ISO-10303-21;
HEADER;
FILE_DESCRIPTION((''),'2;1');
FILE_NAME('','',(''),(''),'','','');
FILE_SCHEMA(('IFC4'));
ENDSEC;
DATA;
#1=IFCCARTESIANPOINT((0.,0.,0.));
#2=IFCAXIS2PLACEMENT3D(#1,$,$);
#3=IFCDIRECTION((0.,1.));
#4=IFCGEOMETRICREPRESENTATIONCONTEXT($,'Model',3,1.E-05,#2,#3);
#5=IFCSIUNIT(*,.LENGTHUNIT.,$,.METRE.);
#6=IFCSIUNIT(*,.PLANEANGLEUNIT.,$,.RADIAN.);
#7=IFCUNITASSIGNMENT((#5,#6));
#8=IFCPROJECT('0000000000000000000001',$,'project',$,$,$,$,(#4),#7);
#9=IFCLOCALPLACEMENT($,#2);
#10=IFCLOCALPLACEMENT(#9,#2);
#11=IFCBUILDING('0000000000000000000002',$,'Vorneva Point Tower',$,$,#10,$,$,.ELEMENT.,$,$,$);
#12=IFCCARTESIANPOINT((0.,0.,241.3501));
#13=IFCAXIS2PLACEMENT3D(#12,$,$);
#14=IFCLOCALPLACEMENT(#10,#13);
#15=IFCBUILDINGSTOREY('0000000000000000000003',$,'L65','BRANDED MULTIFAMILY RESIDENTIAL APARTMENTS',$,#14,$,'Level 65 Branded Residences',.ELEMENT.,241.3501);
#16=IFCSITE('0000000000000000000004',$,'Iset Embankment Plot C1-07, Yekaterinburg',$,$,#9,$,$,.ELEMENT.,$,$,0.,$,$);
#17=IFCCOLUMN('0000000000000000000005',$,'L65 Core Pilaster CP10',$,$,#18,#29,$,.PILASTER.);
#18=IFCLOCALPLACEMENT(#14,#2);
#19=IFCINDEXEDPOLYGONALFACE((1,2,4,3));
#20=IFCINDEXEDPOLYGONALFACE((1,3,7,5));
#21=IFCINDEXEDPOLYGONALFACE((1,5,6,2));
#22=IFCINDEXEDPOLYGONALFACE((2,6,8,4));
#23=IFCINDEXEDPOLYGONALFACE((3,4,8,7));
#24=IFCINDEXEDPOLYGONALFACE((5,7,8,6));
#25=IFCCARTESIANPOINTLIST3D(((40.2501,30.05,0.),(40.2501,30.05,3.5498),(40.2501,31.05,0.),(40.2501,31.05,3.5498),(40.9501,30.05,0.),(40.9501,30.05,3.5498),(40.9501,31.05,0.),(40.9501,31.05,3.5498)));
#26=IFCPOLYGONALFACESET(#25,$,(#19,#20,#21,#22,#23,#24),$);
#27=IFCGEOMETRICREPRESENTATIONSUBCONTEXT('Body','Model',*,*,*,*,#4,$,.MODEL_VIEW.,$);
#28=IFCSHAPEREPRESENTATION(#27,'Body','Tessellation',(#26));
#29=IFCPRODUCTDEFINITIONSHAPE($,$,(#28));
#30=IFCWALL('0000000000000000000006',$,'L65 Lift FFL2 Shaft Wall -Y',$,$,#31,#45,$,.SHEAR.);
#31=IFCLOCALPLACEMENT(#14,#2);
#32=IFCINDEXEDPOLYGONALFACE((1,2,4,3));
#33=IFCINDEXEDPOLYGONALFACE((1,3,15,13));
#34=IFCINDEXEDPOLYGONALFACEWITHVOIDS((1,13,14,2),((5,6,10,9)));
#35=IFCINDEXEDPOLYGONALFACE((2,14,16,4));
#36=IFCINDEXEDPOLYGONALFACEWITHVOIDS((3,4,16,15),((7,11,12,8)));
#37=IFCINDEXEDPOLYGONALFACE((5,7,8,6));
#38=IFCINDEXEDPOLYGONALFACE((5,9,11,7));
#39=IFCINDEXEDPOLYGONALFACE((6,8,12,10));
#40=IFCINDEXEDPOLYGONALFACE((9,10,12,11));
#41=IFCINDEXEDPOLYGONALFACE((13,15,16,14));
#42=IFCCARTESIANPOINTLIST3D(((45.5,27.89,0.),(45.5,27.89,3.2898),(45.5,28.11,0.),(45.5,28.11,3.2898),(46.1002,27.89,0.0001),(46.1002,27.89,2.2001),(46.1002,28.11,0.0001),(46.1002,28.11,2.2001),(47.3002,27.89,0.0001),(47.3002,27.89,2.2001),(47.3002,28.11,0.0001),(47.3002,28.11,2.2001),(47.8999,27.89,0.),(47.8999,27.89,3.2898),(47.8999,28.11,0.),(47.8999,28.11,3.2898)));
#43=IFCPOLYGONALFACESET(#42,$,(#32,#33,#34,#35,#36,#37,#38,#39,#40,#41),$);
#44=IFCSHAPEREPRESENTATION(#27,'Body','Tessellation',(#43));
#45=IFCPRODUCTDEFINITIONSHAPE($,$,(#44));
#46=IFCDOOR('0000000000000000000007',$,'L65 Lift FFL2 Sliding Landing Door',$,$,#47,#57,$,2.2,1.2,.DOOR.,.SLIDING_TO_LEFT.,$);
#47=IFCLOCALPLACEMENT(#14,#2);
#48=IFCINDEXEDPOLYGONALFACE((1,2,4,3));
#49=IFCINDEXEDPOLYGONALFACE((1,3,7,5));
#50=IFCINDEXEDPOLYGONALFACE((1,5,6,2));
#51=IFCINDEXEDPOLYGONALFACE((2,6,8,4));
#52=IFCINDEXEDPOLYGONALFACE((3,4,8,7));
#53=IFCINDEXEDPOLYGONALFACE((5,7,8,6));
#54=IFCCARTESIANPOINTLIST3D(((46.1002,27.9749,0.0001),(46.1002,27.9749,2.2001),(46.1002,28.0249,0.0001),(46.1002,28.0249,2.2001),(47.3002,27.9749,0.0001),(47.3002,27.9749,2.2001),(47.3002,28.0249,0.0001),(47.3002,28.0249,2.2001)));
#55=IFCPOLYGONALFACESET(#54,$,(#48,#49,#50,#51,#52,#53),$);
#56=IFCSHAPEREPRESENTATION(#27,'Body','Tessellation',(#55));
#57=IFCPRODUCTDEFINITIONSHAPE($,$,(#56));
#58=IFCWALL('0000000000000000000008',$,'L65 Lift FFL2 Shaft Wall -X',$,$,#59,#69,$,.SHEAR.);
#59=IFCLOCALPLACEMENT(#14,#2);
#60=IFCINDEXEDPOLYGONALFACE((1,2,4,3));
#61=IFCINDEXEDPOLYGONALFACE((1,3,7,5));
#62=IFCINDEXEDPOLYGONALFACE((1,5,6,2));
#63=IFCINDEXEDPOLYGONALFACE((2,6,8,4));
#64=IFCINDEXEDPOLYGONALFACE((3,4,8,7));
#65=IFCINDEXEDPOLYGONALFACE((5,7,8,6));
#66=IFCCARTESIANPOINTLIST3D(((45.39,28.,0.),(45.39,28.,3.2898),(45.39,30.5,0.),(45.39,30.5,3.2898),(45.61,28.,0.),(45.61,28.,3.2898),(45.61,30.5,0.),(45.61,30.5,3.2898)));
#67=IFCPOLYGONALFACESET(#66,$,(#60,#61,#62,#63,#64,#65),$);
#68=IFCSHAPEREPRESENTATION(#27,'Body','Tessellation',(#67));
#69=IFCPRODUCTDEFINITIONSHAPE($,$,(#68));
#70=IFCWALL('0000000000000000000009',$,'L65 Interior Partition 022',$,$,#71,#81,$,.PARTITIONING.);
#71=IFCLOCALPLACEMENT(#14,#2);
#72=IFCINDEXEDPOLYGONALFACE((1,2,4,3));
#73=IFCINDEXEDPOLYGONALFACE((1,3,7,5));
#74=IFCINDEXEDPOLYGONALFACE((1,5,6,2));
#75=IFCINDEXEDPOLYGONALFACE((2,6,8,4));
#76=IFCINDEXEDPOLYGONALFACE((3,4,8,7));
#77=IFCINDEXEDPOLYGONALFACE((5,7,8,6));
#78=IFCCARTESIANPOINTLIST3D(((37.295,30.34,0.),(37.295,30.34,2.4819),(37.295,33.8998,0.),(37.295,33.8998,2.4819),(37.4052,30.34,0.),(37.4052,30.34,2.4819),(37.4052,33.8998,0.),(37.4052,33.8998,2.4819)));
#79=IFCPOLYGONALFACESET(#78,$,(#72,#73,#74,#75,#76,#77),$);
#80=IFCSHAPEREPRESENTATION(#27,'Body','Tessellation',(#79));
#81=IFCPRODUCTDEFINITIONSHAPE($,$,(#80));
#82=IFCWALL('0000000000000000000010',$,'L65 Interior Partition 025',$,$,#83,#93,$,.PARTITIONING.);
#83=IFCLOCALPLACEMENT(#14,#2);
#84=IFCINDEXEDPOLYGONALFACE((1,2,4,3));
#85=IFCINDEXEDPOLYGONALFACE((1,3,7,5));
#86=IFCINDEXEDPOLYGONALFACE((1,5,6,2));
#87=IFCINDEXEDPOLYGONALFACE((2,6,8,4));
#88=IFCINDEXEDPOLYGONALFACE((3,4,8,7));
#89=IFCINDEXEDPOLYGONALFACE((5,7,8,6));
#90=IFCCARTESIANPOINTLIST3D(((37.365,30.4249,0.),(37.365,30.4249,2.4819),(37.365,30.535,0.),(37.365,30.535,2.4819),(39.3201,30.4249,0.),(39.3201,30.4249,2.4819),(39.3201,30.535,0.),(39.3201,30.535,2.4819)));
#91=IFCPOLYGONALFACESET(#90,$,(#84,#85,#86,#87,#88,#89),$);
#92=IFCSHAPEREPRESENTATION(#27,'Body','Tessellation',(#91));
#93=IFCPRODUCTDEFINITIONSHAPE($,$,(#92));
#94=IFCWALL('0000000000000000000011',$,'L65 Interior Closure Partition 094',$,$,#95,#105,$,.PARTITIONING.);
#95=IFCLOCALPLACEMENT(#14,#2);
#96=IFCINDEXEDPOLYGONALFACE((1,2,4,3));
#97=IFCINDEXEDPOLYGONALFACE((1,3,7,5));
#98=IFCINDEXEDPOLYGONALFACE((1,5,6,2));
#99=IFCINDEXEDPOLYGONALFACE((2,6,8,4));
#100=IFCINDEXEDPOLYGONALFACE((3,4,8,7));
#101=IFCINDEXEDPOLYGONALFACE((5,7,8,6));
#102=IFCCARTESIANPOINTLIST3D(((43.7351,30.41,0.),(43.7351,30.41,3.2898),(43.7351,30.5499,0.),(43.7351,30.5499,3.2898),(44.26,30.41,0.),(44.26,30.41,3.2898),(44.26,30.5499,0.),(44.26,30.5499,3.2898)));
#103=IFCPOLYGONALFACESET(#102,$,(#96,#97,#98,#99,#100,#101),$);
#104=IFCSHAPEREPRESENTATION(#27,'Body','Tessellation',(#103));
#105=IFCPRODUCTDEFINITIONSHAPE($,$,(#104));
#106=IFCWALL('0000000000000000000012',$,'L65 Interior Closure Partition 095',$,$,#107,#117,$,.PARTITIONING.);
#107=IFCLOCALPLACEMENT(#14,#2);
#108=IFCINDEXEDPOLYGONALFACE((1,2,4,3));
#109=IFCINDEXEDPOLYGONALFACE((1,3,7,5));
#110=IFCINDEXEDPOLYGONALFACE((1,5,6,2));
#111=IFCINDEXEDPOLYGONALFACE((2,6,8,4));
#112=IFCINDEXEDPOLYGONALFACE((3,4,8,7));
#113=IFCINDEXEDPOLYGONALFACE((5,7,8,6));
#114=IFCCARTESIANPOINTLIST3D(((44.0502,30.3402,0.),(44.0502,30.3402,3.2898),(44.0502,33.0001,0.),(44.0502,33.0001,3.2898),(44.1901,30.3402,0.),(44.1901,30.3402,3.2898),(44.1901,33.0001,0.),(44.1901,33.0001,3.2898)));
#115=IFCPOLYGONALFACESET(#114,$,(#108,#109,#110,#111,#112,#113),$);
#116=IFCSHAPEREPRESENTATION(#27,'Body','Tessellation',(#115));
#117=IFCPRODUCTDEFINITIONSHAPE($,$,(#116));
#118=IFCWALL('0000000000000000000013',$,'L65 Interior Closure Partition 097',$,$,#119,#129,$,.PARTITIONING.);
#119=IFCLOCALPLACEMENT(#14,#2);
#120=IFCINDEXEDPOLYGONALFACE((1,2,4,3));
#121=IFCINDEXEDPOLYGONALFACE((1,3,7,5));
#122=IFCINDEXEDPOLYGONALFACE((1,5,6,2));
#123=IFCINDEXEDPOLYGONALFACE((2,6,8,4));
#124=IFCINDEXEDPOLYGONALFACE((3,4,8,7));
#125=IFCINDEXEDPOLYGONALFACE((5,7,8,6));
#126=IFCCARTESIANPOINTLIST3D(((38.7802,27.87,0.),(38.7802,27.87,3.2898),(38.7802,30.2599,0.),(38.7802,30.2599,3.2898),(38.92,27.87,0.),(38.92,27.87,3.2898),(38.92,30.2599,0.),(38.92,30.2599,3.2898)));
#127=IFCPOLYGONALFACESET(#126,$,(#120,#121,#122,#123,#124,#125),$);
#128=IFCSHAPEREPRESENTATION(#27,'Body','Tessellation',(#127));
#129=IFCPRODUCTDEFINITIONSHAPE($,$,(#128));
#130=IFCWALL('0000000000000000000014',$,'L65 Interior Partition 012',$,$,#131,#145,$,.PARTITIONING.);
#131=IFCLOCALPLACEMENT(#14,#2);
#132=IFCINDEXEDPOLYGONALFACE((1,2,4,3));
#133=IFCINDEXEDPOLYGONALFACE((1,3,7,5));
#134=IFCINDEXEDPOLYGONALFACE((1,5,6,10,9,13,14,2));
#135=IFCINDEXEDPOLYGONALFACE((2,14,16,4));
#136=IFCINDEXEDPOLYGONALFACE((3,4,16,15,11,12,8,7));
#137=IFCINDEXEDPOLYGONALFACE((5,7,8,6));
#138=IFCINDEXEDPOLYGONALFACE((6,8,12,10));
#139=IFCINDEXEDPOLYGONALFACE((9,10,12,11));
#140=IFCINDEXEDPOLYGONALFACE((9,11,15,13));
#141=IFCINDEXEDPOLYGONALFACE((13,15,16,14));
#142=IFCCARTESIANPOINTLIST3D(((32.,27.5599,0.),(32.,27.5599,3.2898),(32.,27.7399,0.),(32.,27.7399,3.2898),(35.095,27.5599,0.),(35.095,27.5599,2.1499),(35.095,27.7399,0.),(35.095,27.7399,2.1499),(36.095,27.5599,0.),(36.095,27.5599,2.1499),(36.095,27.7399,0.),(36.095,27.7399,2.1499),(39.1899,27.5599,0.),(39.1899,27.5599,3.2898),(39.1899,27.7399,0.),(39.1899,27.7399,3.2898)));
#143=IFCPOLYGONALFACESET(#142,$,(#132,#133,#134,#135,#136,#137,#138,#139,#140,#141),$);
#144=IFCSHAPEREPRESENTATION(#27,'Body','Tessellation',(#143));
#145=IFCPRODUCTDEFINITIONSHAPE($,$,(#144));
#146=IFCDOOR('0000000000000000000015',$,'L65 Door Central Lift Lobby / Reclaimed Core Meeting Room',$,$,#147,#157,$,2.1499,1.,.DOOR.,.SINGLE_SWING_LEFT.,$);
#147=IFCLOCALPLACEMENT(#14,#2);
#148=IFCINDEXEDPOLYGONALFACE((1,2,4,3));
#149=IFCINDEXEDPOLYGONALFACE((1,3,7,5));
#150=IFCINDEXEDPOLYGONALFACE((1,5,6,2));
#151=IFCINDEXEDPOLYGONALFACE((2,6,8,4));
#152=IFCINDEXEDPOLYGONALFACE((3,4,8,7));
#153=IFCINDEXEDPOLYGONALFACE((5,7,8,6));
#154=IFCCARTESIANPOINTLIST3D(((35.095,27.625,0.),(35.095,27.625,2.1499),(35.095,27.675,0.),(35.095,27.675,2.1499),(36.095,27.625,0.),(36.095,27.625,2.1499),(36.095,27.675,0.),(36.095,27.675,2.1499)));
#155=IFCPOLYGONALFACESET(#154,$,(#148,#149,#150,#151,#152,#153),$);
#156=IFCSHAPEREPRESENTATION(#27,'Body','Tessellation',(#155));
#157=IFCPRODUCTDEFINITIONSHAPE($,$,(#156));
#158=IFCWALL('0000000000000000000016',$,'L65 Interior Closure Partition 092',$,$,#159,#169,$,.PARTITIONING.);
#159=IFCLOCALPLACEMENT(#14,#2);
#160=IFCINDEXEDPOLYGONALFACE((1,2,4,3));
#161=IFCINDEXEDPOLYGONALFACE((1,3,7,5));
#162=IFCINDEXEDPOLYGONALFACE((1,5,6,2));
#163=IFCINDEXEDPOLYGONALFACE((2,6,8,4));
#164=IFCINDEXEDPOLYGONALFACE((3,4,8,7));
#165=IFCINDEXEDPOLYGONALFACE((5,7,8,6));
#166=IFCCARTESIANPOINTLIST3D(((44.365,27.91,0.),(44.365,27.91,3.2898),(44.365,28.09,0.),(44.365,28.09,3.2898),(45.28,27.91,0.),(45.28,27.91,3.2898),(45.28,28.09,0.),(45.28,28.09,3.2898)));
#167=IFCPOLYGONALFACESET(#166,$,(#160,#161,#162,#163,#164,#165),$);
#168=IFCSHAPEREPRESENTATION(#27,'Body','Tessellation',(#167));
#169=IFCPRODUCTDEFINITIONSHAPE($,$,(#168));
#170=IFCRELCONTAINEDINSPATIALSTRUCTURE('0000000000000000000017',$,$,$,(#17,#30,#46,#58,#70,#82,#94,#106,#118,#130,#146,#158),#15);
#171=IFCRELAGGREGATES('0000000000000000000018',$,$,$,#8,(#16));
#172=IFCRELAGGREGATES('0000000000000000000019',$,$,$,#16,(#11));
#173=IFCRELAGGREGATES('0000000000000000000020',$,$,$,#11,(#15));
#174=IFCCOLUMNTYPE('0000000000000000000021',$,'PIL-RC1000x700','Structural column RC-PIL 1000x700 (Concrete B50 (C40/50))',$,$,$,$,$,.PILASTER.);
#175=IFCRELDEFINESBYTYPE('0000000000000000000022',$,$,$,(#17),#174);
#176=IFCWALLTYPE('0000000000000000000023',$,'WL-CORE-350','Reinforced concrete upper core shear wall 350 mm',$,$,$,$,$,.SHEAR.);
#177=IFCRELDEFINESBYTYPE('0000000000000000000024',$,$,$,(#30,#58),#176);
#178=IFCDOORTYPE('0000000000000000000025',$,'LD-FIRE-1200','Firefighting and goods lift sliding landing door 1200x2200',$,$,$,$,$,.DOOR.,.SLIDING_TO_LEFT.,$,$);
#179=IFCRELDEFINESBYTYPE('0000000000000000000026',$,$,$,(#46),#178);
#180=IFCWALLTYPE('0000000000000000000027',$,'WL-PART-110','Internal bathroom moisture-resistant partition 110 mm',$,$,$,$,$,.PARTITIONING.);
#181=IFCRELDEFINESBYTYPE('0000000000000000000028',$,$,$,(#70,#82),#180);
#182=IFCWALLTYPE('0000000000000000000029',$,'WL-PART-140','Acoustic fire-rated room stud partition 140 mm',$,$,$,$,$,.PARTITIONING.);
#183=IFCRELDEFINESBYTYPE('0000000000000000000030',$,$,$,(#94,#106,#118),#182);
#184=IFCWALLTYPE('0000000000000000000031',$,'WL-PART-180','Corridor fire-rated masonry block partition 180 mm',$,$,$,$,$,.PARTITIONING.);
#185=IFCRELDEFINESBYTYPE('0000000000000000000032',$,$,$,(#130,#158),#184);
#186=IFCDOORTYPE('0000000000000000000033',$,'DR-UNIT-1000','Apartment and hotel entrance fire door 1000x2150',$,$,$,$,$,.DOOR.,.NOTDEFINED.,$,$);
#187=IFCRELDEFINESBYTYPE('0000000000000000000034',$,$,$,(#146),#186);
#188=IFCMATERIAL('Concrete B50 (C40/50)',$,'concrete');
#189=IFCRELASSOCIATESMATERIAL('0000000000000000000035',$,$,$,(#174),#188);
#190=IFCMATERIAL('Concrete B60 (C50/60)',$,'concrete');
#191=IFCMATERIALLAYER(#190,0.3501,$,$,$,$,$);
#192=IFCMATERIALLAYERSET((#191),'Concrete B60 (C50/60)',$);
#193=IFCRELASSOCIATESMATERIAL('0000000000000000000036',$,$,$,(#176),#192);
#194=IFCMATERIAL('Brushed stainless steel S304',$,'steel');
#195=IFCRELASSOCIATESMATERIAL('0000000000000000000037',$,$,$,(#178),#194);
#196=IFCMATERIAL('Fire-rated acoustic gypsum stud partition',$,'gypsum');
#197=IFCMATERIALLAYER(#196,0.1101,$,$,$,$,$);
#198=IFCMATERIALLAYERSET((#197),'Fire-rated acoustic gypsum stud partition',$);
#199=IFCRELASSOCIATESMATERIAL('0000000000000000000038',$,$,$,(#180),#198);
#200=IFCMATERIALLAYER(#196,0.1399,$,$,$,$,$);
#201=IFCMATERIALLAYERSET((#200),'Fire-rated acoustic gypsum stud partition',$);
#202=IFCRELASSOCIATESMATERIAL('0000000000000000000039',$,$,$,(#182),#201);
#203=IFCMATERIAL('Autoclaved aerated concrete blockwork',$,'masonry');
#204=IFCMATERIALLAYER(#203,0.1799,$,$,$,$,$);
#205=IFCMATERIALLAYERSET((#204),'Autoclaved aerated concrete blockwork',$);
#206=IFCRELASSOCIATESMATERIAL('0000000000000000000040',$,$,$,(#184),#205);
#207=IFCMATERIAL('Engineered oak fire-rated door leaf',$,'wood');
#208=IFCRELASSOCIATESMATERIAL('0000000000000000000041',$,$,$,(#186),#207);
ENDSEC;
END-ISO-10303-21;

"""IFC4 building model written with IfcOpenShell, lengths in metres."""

from ifc_helpers import new_model, si_unit, direction, frame, frame_2d, origin, origin_2d, place, context, subcontext, project, spatial, rectangle, extrude, material, layer, layer_set, material_profile, profile_set, type_object, element, fill, save


model = new_model("IFC4")

# Units and contexts
model_context = context("Model", 3, precision=1e-05, world=origin(), true_north=direction((0.0, 1.0)))
body_context = subcontext(model_context, "Body", "Model", "MODEL_VIEW")
ifc_project = project(units=[si_unit("LENGTHUNIT", "METRE"), si_unit("PLANEANGLEUNIT", "RADIAN")], contexts=[model_context])

# Site, building, storey
site_placement = place(None, origin())
site = spatial("IfcSite", under=ifc_project, at=site_placement, Name="Iset Embankment Plot C1-07, Yekaterinburg", CompositionType="ELEMENT", RefElevation=0.0)
building_placement = place(site_placement, origin())
building = spatial("IfcBuilding", under=site, at=building_placement, Name="Vorneva Point Tower", CompositionType="ELEMENT")
storey_placement = place(building_placement, frame((0.0, 0.0, 241.3501)))
storey = spatial("IfcBuildingStorey", under=building, at=storey_placement, Name="L65", Description="BRANDED MULTIFAMILY RESIDENTIAL APARTMENTS", LongName="Level 65 Branded Residences", CompositionType="ELEMENT", Elevation=241.3501)

# Column
ifc_material_1 = material(Name="Concrete B50 (C40/50)", Category="concrete")
ifc_material_profile = material_profile(ifc_material_1, rectangle(XDim=0.7, YDim=1.0, at=origin_2d()), Name="RC-PIL 1000x700")
ifc_profile_set = profile_set([ifc_material_profile], Name="Concrete B50 (C40/50)")
column_type = type_object("IfcColumnType", Name="PIL-RC1000x700", Description="Structural column RC-PIL 1000x700 (Concrete B50 (C40/50))", PredefinedType="PILASTER", material=ifc_profile_set)
column_placement = place(storey_placement, frame((40.6001, 30.55, 0.0), z_axis=(0.0, 0.0, 1.0), x_axis=(1.0, 0.0, 0.0)))
element("IfcColumn", 1, at=column_placement, inside=storey, type_object=column_type, Name="L65 Core Pilaster CP10", PredefinedType="PILASTER", context=body_context, shape_type="SweptSolid", body=[
    extrude(rectangle(XDim=0.7, YDim=1.0, at=origin_2d()), origin(), (0.0, 0.0, 1.0), 3.5498),
])

# Wall, opening, door
ifc_material_2 = material(Name="Concrete B60 (C50/60)", Category="concrete")
ifc_layer_1 = layer(ifc_material_2, 0.3501)
ifc_layer_set_1 = layer_set([ifc_layer_1], Name="Concrete B60 (C50/60)")
wall_type_1 = type_object("IfcWallType", Name="WL-CORE-350", Description="Reinforced concrete upper core shear wall 350 mm", PredefinedType="SHEAR", material=ifc_layer_set_1)
wall_1_placement = place(storey_placement, frame((45.5, 28.0, 0.0), z_axis=(0.0, 0.0, 1.0), x_axis=(1.0, 0.0, 0.0)))
wall_1 = element("IfcWall", 2, at=wall_1_placement, inside=storey, type_object=wall_type_1, Name="L65 Lift FFL2 Shaft Wall -Y", PredefinedType="SHEAR", context=body_context, shape_type="SweptSolid", body=[
    extrude(rectangle(XDim=2.3999, YDim=0.22, at=frame_2d((1.2, 0.0))), origin(), (0.0, 0.0, 1.0), 3.2898),
])
opening_1_placement = place(wall_1_placement, frame((0.6001, 0.0, 0.0)))
opening_1 = element("IfcOpeningElement", 3, at=opening_1_placement, cuts=wall_1, PredefinedType="OPENING", context=body_context, shape_type="SweptSolid", body=[
    extrude(rectangle(XDim=1.2, YDim=2.2, at=frame_2d((0.6001, 1.1001))), frame((0.0, 0.125, 0.0), z_axis=(0.0, -1.0, 0.0), x_axis=(1.0, 0.0, 0.0)), (0.0, 0.0, 1.0), 0.2498),
])
ifc_material_3 = material(Name="Brushed stainless steel S304", Category="steel")
door_type_1 = type_object("IfcDoorType", Name="LD-FIRE-1200", Description="Firefighting and goods lift sliding landing door 1200x2200", OperationType="SLIDING_TO_LEFT", PredefinedType="DOOR", material=ifc_material_3)
door_1_placement = place(opening_1_placement, origin())
door_1 = element("IfcDoor", 4, at=door_1_placement, inside=storey, type_object=door_type_1, Name="L65 Lift FFL2 Sliding Landing Door", OperationType="SLIDING_TO_LEFT", OverallHeight=2.2, OverallWidth=1.2, PredefinedType="DOOR", context=body_context, shape_type="SweptSolid", body=[
    extrude(rectangle(XDim=1.2, YDim=2.2, at=frame_2d((0.6001, 1.1001))), frame((0.0, 0.0249, 0.0), z_axis=(0.0, -1.0, 0.0), x_axis=(1.0, 0.0, 0.0)), (0.0, 0.0, 1.0), 0.05),
])
fill(opening_1, door_1)

# Walls
wall_2_placement = place(storey_placement, frame((45.5, 30.5, 0.0), z_axis=(0.0, 0.0, 1.0), x_axis=(0.0, -1.0, 0.0)))
element("IfcWall", 5, at=wall_2_placement, inside=storey, type_object=wall_type_1, Name="L65 Lift FFL2 Shaft Wall -X", PredefinedType="SHEAR", context=body_context, shape_type="SweptSolid", body=[
    extrude(rectangle(XDim=2.5, YDim=0.22, at=frame_2d((1.25, 0.0))), origin(), (0.0, 0.0, 1.0), 3.2898),
])
ifc_material_4 = material(Name="Fire-rated acoustic gypsum stud partition", Category="gypsum")
ifc_layer_2 = layer(ifc_material_4, 0.1101)
ifc_layer_set_2 = layer_set([ifc_layer_2], Name="Fire-rated acoustic gypsum stud partition")
wall_type_2 = type_object("IfcWallType", Name="WL-PART-110", Description="Internal bathroom moisture-resistant partition 110 mm", PredefinedType="PARTITIONING", material=ifc_layer_set_2)
wall_3_placement = place(storey_placement, frame((37.3501, 30.3401, 0.0), z_axis=(0.0, 0.0, 1.0), x_axis=(0.0, 1.0, 0.0)))
element("IfcWall", 6, at=wall_3_placement, inside=storey, type_object=wall_type_2, Name="L65 Interior Partition 022", PredefinedType="PARTITIONING", context=body_context, shape_type="SweptSolid", body=[
    extrude(rectangle(XDim=3.5598, YDim=0.1101, at=frame_2d((1.7798, 0.0))), origin(), (0.0, 0.0, 1.0), 2.4819),
])
wall_4_placement = place(storey_placement, frame((37.365, 30.48, 0.0), z_axis=(0.0, 0.0, 1.0), x_axis=(1.0, 0.0, 0.0)))
element("IfcWall", 7, at=wall_4_placement, inside=storey, type_object=wall_type_2, Name="L65 Interior Partition 025", PredefinedType="PARTITIONING", context=body_context, shape_type="SweptSolid", body=[
    extrude(rectangle(XDim=1.9551, YDim=0.1101, at=frame_2d((0.9775, 0.0))), origin(), (0.0, 0.0, 1.0), 2.4819),
])
ifc_layer_3 = layer(ifc_material_4, 0.1399)
ifc_layer_set_3 = layer_set([ifc_layer_3], Name="Fire-rated acoustic gypsum stud partition")
wall_type_3 = type_object("IfcWallType", Name="WL-PART-140", Description="Acoustic fire-rated room stud partition 140 mm", PredefinedType="PARTITIONING", material=ifc_layer_set_3)
wall_5_placement = place(storey_placement, frame((43.7351, 30.48, 0.0), z_axis=(0.0, 0.0, 1.0), x_axis=(1.0, 0.0, 0.0)))
element("IfcWall", 8, at=wall_5_placement, inside=storey, type_object=wall_type_3, Name="L65 Interior Closure Partition 094", PredefinedType="PARTITIONING", context=body_context, shape_type="SweptSolid", body=[
    extrude(rectangle(XDim=0.5249, YDim=0.1399, at=frame_2d((0.2625, 0.0))), origin(), (0.0, 0.0, 1.0), 3.2898),
])
wall_6_placement = place(storey_placement, frame((44.1201, 30.3401, 0.0), z_axis=(0.0, 0.0, 1.0), x_axis=(0.0, 1.0, 0.0)))
element("IfcWall", 9, at=wall_6_placement, inside=storey, type_object=wall_type_3, Name="L65 Interior Closure Partition 095", PredefinedType="PARTITIONING", context=body_context, shape_type="SweptSolid", body=[
    extrude(rectangle(XDim=2.6599, YDim=0.1399, at=frame_2d((1.3301, 0.0))), origin(), (0.0, 0.0, 1.0), 3.2898),
])
wall_7_placement = place(storey_placement, frame((38.8501, 27.8701, 0.0), z_axis=(0.0, 0.0, 1.0), x_axis=(0.0, 1.0, 0.0)))
element("IfcWall", 10, at=wall_7_placement, inside=storey, type_object=wall_type_3, Name="L65 Interior Closure Partition 097", PredefinedType="PARTITIONING", context=body_context, shape_type="SweptSolid", body=[
    extrude(rectangle(XDim=2.3899, YDim=0.1399, at=frame_2d((1.1948, 0.0))), origin(), (0.0, 0.0, 1.0), 3.2898),
])

# Wall, opening, door
ifc_material_5 = material(Name="Autoclaved aerated concrete blockwork", Category="masonry")
ifc_layer_4 = layer(ifc_material_5, 0.1799)
ifc_layer_set_4 = layer_set([ifc_layer_4], Name="Autoclaved aerated concrete blockwork")
wall_type_4 = type_object("IfcWallType", Name="WL-PART-180", Description="Corridor fire-rated masonry block partition 180 mm", PredefinedType="PARTITIONING", material=ifc_layer_set_4)
wall_8_placement = place(storey_placement, frame((39.1899, 27.6499, 0.0), z_axis=(0.0, 0.0, 1.0), x_axis=(-1.0, 0.0, 0.0)))
wall_8 = element("IfcWall", 11, at=wall_8_placement, inside=storey, type_object=wall_type_4, Name="L65 Interior Partition 012", PredefinedType="PARTITIONING", context=body_context, shape_type="SweptSolid", body=[
    extrude(rectangle(XDim=7.1899, YDim=0.1799, at=frame_2d((3.595, 0.0))), origin(), (0.0, 0.0, 1.0), 3.2898),
])
opening_2_placement = place(wall_8_placement, frame((3.095, 0.0, 0.0)))
opening_2 = element("IfcOpeningElement", 12, at=opening_2_placement, cuts=wall_8, PredefinedType="OPENING", context=body_context, shape_type="SweptSolid", body=[
    extrude(rectangle(XDim=1.0, YDim=2.1499, at=frame_2d((0.5, 1.075))), frame((0.0, 0.105, 0.0), z_axis=(0.0, -1.0, 0.0), x_axis=(1.0, 0.0, 0.0)), (0.0, 0.0, 1.0), 0.2097),
])
ifc_material_6 = material(Name="Engineered oak fire-rated door leaf", Category="wood")
door_type_2 = type_object("IfcDoorType", Name="DR-UNIT-1000", Description="Apartment and hotel entrance fire door 1000x2150", OperationType="NOTDEFINED", PredefinedType="DOOR", material=ifc_material_6)
door_2_placement = place(opening_2_placement, origin())
door_2 = element("IfcDoor", 13, at=door_2_placement, inside=storey, type_object=door_type_2, Name="L65 Door Central Lift Lobby / Reclaimed Core Meeting Room", OperationType="SINGLE_SWING_LEFT", OverallHeight=2.1499, OverallWidth=1.0, PredefinedType="DOOR", context=body_context, shape_type="SweptSolid", body=[
    extrude(rectangle(XDim=1.0, YDim=2.1499, at=frame_2d((0.5, 1.075))), frame((0.0, 0.0249, 0.0), z_axis=(0.0, -1.0, 0.0), x_axis=(1.0, 0.0, 0.0)), (0.0, 0.0, 1.0), 0.05),
])
fill(opening_2, door_2)

# Wall
wall_9_placement = place(storey_placement, frame((45.28, 28.0, 0.0), z_axis=(0.0, 0.0, 1.0), x_axis=(-1.0, 0.0, 0.0)))
element("IfcWall", 14, at=wall_9_placement, inside=storey, type_object=wall_type_4, Name="L65 Interior Closure Partition 092", PredefinedType="PARTITIONING", context=body_context, shape_type="SweptSolid", body=[
    extrude(rectangle(XDim=0.915, YDim=0.1799, at=frame_2d((0.4575, 0.0))), origin(), (0.0, 0.0, 1.0), 3.2898),
])

save(model, "model.ifc")
